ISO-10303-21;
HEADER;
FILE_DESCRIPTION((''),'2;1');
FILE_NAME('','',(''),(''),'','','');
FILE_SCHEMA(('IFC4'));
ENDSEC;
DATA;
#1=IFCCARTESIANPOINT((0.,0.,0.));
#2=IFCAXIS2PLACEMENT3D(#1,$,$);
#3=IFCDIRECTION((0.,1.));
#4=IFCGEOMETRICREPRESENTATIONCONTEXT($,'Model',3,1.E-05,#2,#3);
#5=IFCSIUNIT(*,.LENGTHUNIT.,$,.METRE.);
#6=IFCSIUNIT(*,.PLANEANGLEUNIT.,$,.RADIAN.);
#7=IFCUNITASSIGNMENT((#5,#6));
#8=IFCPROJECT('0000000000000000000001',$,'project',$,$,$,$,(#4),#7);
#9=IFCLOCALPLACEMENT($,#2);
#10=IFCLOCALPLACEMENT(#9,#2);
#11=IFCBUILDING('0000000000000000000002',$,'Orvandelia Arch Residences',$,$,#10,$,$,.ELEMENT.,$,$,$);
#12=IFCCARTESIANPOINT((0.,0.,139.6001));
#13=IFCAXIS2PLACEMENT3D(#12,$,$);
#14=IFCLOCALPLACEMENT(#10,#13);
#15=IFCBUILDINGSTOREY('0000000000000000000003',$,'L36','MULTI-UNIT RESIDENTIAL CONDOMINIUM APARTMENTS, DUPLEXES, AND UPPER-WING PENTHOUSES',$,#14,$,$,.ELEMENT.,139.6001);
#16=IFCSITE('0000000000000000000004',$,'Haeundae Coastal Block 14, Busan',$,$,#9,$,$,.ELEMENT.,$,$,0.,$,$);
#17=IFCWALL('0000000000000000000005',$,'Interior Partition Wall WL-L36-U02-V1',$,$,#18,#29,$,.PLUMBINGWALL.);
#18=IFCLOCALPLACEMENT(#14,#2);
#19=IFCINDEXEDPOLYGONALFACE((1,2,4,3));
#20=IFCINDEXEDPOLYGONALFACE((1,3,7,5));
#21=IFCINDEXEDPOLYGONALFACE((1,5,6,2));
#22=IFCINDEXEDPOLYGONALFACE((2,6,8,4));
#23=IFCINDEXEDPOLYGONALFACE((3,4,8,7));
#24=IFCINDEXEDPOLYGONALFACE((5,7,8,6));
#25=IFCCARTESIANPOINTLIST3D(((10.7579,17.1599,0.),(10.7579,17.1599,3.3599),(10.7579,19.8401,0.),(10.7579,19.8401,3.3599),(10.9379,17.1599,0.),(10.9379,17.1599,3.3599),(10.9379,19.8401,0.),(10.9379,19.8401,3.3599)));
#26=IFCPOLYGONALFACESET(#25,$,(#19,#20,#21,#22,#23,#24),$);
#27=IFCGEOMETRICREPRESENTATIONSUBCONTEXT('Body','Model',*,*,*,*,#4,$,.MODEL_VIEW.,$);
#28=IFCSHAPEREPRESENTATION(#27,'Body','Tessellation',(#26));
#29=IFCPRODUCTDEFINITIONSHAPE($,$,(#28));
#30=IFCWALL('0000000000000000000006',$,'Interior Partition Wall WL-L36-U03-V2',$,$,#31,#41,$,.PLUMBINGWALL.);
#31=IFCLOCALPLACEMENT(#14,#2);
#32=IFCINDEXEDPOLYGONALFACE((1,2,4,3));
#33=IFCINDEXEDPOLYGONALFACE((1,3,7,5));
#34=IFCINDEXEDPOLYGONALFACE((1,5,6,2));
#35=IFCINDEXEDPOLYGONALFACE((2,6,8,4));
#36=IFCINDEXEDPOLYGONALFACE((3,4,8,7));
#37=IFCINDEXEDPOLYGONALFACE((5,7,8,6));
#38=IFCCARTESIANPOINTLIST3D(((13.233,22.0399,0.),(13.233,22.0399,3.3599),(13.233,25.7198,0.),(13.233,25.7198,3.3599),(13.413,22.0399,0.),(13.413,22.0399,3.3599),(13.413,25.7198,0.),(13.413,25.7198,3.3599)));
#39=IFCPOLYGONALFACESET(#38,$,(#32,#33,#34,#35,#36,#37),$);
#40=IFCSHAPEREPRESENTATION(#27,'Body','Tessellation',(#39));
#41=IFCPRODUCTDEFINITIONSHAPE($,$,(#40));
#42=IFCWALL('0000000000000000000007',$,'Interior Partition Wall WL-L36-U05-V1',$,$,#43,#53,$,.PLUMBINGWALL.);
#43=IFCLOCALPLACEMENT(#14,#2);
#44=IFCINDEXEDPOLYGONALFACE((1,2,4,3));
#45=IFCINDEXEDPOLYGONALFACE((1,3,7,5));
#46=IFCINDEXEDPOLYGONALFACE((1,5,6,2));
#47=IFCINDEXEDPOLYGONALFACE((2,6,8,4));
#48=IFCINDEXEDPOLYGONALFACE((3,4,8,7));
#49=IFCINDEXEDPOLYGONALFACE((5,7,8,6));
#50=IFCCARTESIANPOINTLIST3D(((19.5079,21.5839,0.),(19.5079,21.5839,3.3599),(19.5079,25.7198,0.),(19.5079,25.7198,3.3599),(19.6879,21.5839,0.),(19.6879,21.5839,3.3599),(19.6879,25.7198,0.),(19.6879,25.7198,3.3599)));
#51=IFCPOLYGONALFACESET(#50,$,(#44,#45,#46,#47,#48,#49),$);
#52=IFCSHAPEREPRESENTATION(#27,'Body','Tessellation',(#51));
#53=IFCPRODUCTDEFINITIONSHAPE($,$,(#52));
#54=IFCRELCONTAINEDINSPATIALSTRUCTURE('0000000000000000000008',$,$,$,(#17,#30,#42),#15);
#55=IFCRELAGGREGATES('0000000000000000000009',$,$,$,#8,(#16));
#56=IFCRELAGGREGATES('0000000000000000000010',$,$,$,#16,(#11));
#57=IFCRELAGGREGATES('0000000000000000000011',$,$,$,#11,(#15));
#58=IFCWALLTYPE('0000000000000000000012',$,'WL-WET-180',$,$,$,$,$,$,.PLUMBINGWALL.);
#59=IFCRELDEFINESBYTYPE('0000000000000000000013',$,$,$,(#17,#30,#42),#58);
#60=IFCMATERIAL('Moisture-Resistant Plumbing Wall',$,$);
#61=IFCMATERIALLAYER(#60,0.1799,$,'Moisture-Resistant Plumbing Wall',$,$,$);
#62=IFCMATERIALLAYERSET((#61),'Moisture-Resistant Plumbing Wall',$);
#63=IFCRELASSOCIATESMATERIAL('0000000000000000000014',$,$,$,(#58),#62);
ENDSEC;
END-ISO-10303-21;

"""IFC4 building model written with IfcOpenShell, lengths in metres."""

from ifc_helpers import new_model, si_unit, direction, frame, frame_2d, origin, place, context, subcontext, project, spatial, rectangle, extrude, material, layer, layer_set, type_object, element, save


model = new_model("IFC4")

# Units and contexts
model_context = context("Model", 3, precision=1e-05, world=origin(), true_north=direction((0.0, 1.0)))
body_context = subcontext(model_context, "Body", "Model", "MODEL_VIEW")
ifc_project = project(units=[si_unit("LENGTHUNIT", "METRE"), si_unit("PLANEANGLEUNIT", "RADIAN")], contexts=[model_context])

# Site, building, storey
site_placement = place(None, origin())
site = spatial("IfcSite", under=ifc_project, at=site_placement, Name="Haeundae Coastal Block 14, Busan", CompositionType="ELEMENT", RefElevation=0.0)
building_placement = place(site_placement, origin())
building = spatial("IfcBuilding", under=site, at=building_placement, Name="Orvandelia Arch Residences", CompositionType="ELEMENT")
storey_placement = place(building_placement, frame((0.0, 0.0, 139.6001)))
storey = spatial("IfcBuildingStorey", under=building, at=storey_placement, Name="L36", Description="MULTI-UNIT RESIDENTIAL CONDOMINIUM APARTMENTS, DUPLEXES, AND UPPER-WING PENTHOUSES", CompositionType="ELEMENT", Elevation=139.6001)

# Walls
ifc_material_1 = material(Name="Moisture-Resistant Plumbing Wall")
ifc_layer_1 = layer(ifc_material_1, 0.1799, Name="Moisture-Resistant Plumbing Wall")
ifc_layer_set_1 = layer_set([ifc_layer_1], Name="Moisture-Resistant Plumbing Wall")
wall_type_1 = type_object("IfcWallType", Name="WL-WET-180", PredefinedType="PLUMBINGWALL", material=ifc_layer_set_1)
wall_1_placement = place(storey_placement, frame((10.8479, 17.1599, 0.0), z_axis=(0.0, 0.0, 1.0), x_axis=(0.0, 1.0, 0.0)))
element("IfcWall", 1, at=wall_1_placement, inside=storey, type_object=wall_type_1, Name="Interior Partition Wall WL-L36-U02-V1", PredefinedType="PLUMBINGWALL", context=body_context, shape_type="SweptSolid", body=[
    extrude(rectangle(XDim=2.6802, YDim=0.1799, at=frame_2d((1.3401, 0.0))), origin(), (0.0, 0.0, 1.0), 3.3599),
])
wall_2_placement = place(storey_placement, frame((13.323, 22.04, 0.0), z_axis=(0.0, 0.0, 1.0), x_axis=(0.0, 1.0, 0.0)))
element("IfcWall", 2, at=wall_2_placement, inside=storey, type_object=wall_type_1, Name="Interior Partition Wall WL-L36-U03-V2", PredefinedType="PLUMBINGWALL", context=body_context, shape_type="SweptSolid", body=[
    extrude(rectangle(XDim=3.6799, YDim=0.1799, at=frame_2d((1.8398, 0.0))), origin(), (0.0, 0.0, 1.0), 3.3599),
])

# Wall
wall_3_placement = place(storey_placement, frame((19.5979, 21.584, 0.0), z_axis=(0.0, 0.0, 1.0), x_axis=(0.0, 1.0, 0.0)))
element("IfcWall", 3, at=wall_3_placement, inside=storey, type_object=wall_type_1, Name="Interior Partition Wall WL-L36-U05-V1", PredefinedType="PLUMBINGWALL", context=body_context, shape_type="SweptSolid", body=[
    extrude(rectangle(XDim=4.136, YDim=0.1799, at=frame_2d((2.0679, 0.0))), origin(), (0.0, 0.0, 1.0), 3.3599),
])

save(model, "model.ifc")
